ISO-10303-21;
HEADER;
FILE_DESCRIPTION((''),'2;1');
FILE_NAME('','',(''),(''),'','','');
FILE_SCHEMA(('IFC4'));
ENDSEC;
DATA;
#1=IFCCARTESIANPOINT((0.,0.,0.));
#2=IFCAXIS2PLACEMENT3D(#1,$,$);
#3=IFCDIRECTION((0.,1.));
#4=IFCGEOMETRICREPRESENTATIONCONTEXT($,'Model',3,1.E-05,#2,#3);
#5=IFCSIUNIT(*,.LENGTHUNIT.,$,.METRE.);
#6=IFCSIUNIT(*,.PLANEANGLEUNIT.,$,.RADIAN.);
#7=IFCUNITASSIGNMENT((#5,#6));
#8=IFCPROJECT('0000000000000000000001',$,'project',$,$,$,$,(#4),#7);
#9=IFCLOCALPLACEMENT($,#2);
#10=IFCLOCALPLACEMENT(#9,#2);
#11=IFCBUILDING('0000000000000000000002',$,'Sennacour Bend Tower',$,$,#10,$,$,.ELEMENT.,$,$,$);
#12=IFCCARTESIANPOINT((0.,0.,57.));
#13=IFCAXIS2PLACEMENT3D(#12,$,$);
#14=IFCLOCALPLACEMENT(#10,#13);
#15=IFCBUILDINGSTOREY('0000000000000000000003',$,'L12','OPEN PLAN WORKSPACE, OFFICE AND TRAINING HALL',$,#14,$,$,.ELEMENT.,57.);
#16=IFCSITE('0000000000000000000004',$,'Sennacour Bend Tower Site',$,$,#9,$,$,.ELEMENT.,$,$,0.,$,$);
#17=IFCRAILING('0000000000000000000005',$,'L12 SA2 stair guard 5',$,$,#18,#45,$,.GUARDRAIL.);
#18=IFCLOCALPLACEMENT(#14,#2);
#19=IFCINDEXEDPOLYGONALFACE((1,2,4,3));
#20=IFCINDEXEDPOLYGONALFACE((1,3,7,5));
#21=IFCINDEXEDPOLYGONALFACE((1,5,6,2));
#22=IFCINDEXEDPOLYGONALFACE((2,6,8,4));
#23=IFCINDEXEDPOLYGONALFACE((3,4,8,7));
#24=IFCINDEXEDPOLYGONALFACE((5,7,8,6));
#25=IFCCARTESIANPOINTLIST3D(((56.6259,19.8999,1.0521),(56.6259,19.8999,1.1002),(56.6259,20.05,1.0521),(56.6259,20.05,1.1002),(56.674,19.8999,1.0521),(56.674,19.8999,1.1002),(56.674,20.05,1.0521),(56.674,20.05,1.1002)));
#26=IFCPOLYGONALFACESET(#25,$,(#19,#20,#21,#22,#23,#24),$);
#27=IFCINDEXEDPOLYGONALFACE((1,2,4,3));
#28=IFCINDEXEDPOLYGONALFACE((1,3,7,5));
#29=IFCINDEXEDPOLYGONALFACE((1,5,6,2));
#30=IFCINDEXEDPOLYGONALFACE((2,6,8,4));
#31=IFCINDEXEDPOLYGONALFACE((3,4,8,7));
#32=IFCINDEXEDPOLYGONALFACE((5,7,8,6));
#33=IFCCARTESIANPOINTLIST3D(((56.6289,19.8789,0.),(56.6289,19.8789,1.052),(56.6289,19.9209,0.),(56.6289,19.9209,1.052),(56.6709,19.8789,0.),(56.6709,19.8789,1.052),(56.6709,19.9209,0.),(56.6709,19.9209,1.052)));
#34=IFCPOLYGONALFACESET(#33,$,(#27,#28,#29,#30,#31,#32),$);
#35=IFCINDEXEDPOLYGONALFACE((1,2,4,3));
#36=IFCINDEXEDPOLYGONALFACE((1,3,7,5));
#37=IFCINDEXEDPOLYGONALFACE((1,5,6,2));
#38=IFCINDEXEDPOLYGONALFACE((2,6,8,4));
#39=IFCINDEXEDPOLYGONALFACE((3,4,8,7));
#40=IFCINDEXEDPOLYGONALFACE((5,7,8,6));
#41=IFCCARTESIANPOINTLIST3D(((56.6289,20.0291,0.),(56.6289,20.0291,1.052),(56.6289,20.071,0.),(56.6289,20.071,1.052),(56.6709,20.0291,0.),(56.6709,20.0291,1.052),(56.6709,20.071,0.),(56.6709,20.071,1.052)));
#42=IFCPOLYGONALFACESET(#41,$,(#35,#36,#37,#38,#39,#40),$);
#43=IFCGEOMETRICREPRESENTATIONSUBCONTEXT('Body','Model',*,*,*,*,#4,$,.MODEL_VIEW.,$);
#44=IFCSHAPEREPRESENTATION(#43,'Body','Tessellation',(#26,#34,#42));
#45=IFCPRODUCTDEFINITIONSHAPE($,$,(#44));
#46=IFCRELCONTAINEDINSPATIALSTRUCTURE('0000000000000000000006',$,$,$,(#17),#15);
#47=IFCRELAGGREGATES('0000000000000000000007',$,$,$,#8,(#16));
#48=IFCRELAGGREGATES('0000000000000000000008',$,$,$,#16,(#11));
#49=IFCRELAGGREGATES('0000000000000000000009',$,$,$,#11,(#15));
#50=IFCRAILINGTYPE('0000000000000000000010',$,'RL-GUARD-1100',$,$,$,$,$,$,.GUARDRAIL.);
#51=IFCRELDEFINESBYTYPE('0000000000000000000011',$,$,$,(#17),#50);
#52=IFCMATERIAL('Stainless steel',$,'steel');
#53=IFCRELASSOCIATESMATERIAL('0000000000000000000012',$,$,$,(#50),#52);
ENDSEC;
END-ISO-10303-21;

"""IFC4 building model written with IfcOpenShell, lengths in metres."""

from ifc_helpers import new_model, si_unit, direction, frame, origin, origin_2d, place, context, subcontext, project, spatial, rectangle, extrude, material, type_object, element, save


model = new_model("IFC4")

# Units and contexts
model_context = context("Model", 3, precision=1e-05, world=origin(), true_north=direction((0.0, 1.0)))
body_context = subcontext(model_context, "Body", "Model", "MODEL_VIEW")
ifc_project = project(units=[si_unit("LENGTHUNIT", "METRE"), si_unit("PLANEANGLEUNIT", "RADIAN")], contexts=[model_context])

# Site, building, storey
site_placement = place(None, origin())
site = spatial("IfcSite", under=ifc_project, at=site_placement, Name="Sennacour Bend Tower Site", CompositionType="ELEMENT", RefElevation=0.0)
building_placement = place(site_placement, origin())
building = spatial("IfcBuilding", under=site, at=building_placement, Name="Sennacour Bend Tower", CompositionType="ELEMENT")
storey_placement = place(building_placement, frame((0.0, 0.0, 57.0)))
storey = spatial("IfcBuildingStorey", under=building, at=storey_placement, Name="L12", Description="OPEN PLAN WORKSPACE, OFFICE AND TRAINING HALL", CompositionType="ELEMENT", Elevation=57.0)

# Shared definitions
ifc_material_1 = material(Name="Stainless steel", Category="steel")

# Railing
railing_type = type_object("IfcRailingType", Name="RL-GUARD-1100", PredefinedType="GUARDRAIL", material=ifc_material_1)
railing_placement = place(storey_placement, frame((56.6499, 19.8999, 0.0)))
element("IfcRailing", 1, at=railing_placement, inside=storey, type_object=railing_type, Name="L12 SA2 stair guard 5", PredefinedType="GUARDRAIL", context=body_context, shape_type="SweptSolid", body=[
    extrude(rectangle(XDim=0.0481, YDim=0.0481, at=origin_2d()), frame((0.0, 0.0, 1.0762), z_axis=(0.0, 1.0, 0.0), x_axis=(-1.0, 0.0, 0.0)), (0.0, 0.0, 1.0), 0.1501),
    extrude(rectangle(XDim=0.042, YDim=0.042, at=origin_2d()), origin(), (0.0, 0.0, 1.0), 1.052),
    extrude(rectangle(XDim=0.042, YDim=0.042, at=origin_2d()), frame((0.0, 0.1501, 0.0)), (0.0, 0.0, 1.0), 1.052),
])

save(model, "model.ifc")
